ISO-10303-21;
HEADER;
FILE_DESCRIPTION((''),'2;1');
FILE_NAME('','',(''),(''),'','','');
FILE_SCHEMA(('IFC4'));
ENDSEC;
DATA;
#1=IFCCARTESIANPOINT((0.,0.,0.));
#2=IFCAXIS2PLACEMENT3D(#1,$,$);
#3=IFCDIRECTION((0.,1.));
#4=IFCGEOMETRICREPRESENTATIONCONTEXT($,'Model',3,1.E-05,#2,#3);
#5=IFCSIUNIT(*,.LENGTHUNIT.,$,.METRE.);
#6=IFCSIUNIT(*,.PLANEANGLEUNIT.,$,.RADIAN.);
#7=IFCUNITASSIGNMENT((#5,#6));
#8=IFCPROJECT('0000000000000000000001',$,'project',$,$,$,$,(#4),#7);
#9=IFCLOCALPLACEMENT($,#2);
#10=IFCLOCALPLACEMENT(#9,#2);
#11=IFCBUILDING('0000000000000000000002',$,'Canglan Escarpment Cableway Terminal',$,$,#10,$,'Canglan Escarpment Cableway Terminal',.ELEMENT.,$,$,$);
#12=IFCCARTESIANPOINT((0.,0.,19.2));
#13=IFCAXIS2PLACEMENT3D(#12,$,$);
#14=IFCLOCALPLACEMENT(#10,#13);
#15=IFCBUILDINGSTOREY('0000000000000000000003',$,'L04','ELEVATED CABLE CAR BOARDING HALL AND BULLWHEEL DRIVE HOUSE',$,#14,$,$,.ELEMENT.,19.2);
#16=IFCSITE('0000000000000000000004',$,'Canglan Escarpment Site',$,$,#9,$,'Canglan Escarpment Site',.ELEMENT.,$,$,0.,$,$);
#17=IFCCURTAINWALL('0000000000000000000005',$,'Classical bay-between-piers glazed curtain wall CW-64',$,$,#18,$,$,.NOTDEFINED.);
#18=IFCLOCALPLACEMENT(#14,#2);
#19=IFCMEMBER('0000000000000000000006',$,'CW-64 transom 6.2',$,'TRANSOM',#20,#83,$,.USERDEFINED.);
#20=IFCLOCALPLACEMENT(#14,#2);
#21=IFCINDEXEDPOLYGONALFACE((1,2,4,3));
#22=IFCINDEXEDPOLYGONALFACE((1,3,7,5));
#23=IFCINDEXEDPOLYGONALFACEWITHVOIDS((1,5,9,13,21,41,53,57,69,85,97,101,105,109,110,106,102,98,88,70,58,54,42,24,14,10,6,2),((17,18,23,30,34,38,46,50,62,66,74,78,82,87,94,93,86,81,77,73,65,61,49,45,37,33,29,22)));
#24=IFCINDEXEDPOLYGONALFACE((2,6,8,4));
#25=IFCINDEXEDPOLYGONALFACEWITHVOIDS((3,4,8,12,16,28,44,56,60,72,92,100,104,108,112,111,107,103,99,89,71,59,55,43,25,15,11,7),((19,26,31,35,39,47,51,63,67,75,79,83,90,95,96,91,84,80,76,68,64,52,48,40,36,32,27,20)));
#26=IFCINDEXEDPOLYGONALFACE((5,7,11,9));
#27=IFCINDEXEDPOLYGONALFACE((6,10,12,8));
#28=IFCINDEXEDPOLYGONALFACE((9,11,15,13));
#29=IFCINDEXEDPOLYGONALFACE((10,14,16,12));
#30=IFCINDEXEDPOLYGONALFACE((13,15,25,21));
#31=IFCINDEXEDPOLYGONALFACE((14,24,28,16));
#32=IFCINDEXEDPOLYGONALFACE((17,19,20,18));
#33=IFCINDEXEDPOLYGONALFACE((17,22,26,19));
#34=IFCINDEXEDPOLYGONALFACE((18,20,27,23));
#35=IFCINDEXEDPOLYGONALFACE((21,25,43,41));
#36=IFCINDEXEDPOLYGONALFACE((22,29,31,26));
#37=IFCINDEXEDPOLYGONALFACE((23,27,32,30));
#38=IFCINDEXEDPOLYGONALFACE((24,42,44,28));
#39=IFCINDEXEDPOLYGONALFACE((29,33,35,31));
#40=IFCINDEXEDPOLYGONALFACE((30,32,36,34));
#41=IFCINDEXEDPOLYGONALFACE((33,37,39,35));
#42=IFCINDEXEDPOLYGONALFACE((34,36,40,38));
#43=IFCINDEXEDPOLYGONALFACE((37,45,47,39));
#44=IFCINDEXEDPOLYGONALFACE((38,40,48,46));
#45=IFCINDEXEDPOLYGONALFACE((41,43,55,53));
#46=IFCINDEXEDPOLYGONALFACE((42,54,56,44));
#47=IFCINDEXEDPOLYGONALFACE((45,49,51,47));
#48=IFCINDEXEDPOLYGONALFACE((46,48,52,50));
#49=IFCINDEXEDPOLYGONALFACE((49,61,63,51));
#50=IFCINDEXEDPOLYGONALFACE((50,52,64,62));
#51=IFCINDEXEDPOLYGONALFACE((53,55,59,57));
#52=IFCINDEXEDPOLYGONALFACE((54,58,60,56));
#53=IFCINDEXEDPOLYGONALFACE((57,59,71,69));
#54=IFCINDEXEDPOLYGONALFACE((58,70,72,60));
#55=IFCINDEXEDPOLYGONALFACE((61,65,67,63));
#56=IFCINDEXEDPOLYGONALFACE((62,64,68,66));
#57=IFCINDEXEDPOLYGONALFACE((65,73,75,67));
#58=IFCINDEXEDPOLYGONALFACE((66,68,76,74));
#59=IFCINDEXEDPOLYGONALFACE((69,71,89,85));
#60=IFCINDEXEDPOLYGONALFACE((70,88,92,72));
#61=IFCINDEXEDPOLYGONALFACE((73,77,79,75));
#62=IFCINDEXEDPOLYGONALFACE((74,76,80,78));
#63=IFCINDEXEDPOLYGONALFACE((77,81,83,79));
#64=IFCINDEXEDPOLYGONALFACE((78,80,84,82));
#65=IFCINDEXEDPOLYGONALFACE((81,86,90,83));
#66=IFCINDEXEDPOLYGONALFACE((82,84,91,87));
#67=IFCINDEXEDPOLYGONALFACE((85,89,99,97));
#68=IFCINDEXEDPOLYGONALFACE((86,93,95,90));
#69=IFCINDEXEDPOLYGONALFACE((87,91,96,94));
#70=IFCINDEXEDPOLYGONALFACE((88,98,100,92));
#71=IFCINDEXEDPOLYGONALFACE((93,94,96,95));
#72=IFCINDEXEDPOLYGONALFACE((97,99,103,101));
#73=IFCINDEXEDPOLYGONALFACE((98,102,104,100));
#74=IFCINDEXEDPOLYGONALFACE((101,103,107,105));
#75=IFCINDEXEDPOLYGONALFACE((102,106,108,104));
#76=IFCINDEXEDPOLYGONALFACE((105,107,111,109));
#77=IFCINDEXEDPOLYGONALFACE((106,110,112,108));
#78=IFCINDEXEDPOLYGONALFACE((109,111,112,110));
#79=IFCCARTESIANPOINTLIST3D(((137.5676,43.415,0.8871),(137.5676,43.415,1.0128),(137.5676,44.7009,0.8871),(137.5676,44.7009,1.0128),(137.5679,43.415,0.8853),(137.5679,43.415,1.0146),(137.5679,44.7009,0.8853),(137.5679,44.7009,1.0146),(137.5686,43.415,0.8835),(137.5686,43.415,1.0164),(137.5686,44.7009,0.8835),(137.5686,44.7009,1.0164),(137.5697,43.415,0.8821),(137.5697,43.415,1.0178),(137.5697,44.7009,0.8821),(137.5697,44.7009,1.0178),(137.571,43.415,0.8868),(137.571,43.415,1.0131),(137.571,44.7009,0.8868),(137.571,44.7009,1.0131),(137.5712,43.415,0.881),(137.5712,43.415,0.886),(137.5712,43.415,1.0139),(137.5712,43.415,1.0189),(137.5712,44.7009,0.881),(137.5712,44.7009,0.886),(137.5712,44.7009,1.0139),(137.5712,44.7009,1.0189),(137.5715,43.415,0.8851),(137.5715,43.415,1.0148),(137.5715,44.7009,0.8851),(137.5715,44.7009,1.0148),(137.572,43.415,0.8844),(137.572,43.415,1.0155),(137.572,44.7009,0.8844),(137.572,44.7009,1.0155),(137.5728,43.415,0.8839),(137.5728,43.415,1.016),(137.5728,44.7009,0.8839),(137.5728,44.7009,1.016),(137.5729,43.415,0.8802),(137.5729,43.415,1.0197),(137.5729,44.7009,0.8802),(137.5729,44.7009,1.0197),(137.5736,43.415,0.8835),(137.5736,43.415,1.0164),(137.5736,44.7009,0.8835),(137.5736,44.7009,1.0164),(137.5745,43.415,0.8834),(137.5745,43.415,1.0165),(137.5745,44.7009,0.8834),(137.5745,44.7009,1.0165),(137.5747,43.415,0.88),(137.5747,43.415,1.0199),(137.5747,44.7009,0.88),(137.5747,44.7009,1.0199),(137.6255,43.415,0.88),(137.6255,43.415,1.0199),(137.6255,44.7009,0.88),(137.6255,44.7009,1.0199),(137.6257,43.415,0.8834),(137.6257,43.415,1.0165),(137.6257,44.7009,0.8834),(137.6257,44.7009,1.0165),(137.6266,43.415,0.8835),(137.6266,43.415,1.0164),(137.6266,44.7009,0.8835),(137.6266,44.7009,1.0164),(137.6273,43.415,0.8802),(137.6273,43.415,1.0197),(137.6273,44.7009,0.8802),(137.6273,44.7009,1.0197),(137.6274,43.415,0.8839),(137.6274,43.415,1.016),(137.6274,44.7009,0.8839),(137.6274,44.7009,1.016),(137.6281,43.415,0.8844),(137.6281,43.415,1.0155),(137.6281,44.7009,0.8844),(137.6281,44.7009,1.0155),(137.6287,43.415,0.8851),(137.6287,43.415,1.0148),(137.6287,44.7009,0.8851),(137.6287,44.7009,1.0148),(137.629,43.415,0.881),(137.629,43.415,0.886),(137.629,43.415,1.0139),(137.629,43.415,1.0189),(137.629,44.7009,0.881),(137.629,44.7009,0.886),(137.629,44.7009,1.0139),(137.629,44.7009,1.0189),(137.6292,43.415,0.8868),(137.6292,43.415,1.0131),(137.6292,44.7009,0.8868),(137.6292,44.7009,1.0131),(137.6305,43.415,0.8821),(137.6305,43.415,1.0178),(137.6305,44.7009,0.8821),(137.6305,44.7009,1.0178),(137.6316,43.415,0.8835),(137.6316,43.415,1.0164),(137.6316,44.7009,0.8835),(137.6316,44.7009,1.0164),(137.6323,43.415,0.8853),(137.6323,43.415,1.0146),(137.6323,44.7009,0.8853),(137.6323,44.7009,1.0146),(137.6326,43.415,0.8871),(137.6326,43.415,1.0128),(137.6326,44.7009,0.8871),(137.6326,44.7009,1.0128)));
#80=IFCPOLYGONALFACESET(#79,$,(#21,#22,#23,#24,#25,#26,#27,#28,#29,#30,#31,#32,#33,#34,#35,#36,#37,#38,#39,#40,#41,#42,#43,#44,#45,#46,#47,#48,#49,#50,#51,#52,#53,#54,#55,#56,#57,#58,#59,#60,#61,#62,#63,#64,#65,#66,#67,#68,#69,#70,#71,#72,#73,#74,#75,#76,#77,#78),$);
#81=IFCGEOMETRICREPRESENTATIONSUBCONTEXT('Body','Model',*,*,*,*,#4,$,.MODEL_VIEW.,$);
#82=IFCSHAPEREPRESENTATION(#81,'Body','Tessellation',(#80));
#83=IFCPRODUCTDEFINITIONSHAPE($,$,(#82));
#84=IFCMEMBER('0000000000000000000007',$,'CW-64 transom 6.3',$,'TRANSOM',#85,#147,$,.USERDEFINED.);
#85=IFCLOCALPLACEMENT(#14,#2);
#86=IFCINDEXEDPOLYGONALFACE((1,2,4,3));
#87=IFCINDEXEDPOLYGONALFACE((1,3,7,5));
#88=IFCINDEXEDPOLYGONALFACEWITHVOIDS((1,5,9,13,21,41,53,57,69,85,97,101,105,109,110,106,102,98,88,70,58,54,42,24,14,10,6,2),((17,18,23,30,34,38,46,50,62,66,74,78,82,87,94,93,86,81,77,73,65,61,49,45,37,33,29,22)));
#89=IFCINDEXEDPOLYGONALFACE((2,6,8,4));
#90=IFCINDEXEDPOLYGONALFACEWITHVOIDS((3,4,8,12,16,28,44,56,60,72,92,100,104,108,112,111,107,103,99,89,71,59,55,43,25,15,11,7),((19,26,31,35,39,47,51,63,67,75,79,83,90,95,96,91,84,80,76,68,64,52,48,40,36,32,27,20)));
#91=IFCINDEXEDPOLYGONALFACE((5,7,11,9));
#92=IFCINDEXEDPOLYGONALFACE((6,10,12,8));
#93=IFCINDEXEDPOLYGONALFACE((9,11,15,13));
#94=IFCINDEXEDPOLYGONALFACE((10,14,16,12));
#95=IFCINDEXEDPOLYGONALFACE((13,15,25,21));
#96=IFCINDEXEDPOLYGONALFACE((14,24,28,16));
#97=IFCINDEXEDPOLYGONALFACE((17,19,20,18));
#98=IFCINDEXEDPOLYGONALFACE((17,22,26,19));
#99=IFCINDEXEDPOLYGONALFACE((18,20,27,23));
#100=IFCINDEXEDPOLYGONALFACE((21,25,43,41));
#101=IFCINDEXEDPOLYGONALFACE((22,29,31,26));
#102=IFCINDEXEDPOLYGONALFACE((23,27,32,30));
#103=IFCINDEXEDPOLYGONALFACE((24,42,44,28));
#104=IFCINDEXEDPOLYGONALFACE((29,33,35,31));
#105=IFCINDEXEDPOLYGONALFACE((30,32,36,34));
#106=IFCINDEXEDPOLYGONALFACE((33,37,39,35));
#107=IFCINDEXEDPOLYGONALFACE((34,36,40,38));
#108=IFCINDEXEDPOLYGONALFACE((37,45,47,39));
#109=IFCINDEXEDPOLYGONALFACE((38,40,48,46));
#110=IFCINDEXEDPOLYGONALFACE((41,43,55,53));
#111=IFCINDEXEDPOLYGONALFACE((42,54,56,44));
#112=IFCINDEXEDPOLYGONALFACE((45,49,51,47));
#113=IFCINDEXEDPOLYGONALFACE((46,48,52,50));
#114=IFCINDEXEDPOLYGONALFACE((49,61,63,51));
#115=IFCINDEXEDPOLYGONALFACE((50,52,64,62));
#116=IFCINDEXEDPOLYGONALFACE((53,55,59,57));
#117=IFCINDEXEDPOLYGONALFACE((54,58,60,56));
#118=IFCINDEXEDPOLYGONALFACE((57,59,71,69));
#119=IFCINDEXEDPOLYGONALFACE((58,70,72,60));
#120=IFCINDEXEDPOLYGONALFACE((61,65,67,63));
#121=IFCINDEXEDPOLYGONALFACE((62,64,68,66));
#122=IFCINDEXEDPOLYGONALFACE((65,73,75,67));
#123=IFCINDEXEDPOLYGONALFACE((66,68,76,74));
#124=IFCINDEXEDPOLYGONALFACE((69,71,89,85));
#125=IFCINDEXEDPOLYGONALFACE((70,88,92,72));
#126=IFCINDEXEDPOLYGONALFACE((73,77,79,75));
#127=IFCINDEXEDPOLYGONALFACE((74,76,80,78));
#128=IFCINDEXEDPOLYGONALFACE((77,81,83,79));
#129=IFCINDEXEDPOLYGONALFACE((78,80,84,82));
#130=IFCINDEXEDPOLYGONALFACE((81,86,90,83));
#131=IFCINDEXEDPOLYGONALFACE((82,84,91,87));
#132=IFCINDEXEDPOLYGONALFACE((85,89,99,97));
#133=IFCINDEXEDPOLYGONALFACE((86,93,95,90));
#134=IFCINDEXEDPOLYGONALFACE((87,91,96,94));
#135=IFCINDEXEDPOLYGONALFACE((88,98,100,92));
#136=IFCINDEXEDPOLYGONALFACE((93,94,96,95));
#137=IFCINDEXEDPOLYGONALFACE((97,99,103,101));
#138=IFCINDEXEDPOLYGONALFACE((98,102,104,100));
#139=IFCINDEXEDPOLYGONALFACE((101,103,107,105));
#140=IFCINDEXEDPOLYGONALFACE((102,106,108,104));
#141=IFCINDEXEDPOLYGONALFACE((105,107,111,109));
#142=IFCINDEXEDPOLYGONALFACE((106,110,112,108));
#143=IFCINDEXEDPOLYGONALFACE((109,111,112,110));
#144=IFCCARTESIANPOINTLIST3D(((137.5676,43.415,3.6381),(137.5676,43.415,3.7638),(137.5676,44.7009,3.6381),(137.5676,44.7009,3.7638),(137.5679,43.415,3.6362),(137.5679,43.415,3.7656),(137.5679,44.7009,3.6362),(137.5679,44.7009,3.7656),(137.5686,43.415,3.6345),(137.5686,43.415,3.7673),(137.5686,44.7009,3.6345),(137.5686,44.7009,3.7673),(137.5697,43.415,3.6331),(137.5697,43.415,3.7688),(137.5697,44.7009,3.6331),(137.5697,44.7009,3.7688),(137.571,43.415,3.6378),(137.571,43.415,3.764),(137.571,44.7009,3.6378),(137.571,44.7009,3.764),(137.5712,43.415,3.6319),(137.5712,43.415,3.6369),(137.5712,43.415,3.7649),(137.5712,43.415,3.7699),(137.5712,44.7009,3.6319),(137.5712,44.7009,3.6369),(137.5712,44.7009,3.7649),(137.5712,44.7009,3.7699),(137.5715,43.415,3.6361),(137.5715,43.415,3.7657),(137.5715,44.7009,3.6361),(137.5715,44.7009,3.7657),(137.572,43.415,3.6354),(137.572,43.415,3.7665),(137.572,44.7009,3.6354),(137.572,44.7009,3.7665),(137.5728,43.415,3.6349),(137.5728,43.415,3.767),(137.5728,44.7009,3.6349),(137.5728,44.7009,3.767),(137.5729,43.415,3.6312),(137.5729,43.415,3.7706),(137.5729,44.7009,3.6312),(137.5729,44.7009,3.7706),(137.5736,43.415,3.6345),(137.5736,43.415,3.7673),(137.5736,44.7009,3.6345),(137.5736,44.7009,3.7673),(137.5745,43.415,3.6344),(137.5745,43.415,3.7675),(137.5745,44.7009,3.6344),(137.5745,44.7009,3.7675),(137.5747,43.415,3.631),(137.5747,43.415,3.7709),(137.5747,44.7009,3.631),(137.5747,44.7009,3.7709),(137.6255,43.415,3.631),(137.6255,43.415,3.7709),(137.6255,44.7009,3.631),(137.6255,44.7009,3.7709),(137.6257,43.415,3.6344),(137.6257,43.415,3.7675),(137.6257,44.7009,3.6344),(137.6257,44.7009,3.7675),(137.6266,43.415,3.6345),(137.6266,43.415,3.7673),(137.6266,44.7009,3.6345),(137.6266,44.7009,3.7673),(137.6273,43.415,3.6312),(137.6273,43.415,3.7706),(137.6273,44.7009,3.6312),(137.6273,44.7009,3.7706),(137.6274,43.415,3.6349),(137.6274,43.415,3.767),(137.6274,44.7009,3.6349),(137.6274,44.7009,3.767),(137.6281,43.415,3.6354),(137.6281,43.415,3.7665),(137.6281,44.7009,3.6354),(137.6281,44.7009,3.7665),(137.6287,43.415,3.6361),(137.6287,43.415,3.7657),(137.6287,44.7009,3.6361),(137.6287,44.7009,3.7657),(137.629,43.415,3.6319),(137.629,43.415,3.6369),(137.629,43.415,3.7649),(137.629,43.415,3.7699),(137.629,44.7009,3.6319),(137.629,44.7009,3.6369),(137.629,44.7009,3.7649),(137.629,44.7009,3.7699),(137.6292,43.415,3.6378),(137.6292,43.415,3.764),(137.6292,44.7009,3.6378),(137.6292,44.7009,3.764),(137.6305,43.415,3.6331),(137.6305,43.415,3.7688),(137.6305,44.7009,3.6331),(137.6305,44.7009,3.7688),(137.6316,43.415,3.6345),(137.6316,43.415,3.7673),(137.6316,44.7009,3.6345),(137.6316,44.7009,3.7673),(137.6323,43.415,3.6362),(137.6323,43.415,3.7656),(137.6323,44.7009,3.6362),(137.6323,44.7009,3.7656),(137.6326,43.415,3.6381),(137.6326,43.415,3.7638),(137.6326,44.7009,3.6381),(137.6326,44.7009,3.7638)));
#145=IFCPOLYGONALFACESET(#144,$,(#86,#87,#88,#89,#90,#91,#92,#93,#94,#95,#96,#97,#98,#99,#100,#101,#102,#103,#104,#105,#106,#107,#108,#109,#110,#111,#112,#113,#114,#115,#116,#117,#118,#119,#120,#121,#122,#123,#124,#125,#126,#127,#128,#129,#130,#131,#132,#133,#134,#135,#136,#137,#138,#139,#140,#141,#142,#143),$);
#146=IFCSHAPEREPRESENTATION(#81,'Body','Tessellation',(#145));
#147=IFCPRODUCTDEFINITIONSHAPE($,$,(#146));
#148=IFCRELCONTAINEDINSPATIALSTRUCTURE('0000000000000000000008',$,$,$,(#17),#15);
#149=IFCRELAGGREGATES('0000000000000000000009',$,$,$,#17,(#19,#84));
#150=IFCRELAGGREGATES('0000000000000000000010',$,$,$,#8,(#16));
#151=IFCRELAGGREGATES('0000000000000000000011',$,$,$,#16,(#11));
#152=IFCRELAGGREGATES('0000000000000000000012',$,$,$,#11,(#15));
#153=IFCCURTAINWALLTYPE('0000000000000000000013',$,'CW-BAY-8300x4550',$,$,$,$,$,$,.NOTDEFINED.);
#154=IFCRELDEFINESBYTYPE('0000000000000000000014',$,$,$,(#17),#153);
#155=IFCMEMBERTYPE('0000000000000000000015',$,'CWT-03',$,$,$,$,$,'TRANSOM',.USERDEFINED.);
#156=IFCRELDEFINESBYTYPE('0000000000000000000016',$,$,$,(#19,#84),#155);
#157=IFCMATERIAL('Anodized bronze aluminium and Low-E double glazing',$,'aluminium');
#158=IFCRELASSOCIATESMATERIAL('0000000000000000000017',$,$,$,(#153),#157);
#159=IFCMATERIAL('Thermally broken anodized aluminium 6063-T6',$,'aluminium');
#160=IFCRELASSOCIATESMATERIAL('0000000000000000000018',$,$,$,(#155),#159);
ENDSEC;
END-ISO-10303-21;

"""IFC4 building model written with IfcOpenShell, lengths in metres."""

from ifc_helpers import new_model, si_unit, direction, frame, origin, origin_2d, place, context, subcontext, project, spatial, hollow_rectangle, extrude, material, material_profile, profile_set, type_object, element, aggregate, save


model = new_model("IFC4")

# Units and contexts
model_context = context("Model", 3, precision=1e-05, world=origin(), true_north=direction((0.0, 1.0)))
body_context = subcontext(model_context, "Body", "Model", "MODEL_VIEW")
ifc_project = project(units=[si_unit("LENGTHUNIT", "METRE"), si_unit("PLANEANGLEUNIT", "RADIAN")], contexts=[model_context])

# Site, building, storey
site_placement = place(None, origin())
site = spatial("IfcSite", under=ifc_project, at=site_placement, Name="Canglan Escarpment Site", LongName="Canglan Escarpment Site", CompositionType="ELEMENT", RefElevation=0.0)
building_placement = place(site_placement, origin())
building = spatial("IfcBuilding", under=site, at=building_placement, Name="Canglan Escarpment Cableway Terminal", LongName="Canglan Escarpment Cableway Terminal", CompositionType="ELEMENT")
storey_placement = place(building_placement, frame((0.0, 0.0, 19.2)))
storey = spatial("IfcBuildingStorey", under=building, at=storey_placement, Name="L04", Description="ELEVATED CABLE CAR BOARDING HALL AND BULLWHEEL DRIVE HOUSE", CompositionType="ELEMENT", Elevation=19.2)

# Curtain wall, members
ifc_material_1 = material(Name="Anodized bronze aluminium and Low-E double glazing", Category="aluminium")
curtain_wall_type = type_object("IfcCurtainWallType", Name="CW-BAY-8300x4550", PredefinedType="NOTDEFINED", material=ifc_material_1)
curtain_wall_placement = place(storey_placement, origin())
curtain_wall = element("IfcCurtainWall", 1, at=curtain_wall_placement, inside=storey, type_object=curtain_wall_type, Name="Classical bay-between-piers glazed curtain wall CW-64", PredefinedType="NOTDEFINED")
ifc_material_2 = material(Name="Thermally broken anodized aluminium 6063-T6", Category="aluminium")
ifc_material_profile_1 = material_profile(ifc_material_2, hollow_rectangle(XDim=0.0649, YDim=0.1399, WallThickness=0.0034, InnerFilletRadius=0.0034, OuterFilletRadius=0.0071, at=origin_2d()), Name="ALU-TRAN 65x140x3.5")
ifc_profile_set_1 = profile_set([ifc_material_profile_1], Name="Thermally broken anodized aluminium 6063-T6")
member_type_1 = type_object("IfcMemberType", Name="CWT-03", ElementType="TRANSOM", PredefinedType="USERDEFINED", material=ifc_profile_set_1)
member_1_placement = place(storey_placement, frame((137.6001, 44.7009, 0.95), z_axis=(0.0, -1.0, 0.0), x_axis=(1.0, 0.0, 0.0)))
member_1 = element("IfcMember", 2, at=member_1_placement, type_object=member_type_1, Name="CW-64 transom 6.2", ObjectType="TRANSOM", PredefinedType="USERDEFINED", context=body_context, shape_type="SweptSolid", body=[
    extrude(hollow_rectangle(XDim=0.0649, YDim=0.1399, WallThickness=0.0034, InnerFilletRadius=0.0034, OuterFilletRadius=0.0071, at=origin_2d()), origin(), (0.0, 0.0, 1.0), 1.2859),
])
member_2_placement = place(storey_placement, frame((137.6001, 44.7009, 3.7009), z_axis=(0.0, -1.0, 0.0), x_axis=(1.0, 0.0, 0.0)))
member_2 = element("IfcMember", 3, at=member_2_placement, type_object=member_type_1, Name="CW-64 transom 6.3", ObjectType="TRANSOM", PredefinedType="USERDEFINED", context=body_context, shape_type="SweptSolid", body=[
    extrude(hollow_rectangle(XDim=0.0649, YDim=0.1399, WallThickness=0.0034, InnerFilletRadius=0.0034, OuterFilletRadius=0.0071, at=origin_2d()), origin(), (0.0, 0.0, 1.0), 1.2859),
])
aggregate(curtain_wall, [member_1, member_2])

save(model, "model.ifc")
